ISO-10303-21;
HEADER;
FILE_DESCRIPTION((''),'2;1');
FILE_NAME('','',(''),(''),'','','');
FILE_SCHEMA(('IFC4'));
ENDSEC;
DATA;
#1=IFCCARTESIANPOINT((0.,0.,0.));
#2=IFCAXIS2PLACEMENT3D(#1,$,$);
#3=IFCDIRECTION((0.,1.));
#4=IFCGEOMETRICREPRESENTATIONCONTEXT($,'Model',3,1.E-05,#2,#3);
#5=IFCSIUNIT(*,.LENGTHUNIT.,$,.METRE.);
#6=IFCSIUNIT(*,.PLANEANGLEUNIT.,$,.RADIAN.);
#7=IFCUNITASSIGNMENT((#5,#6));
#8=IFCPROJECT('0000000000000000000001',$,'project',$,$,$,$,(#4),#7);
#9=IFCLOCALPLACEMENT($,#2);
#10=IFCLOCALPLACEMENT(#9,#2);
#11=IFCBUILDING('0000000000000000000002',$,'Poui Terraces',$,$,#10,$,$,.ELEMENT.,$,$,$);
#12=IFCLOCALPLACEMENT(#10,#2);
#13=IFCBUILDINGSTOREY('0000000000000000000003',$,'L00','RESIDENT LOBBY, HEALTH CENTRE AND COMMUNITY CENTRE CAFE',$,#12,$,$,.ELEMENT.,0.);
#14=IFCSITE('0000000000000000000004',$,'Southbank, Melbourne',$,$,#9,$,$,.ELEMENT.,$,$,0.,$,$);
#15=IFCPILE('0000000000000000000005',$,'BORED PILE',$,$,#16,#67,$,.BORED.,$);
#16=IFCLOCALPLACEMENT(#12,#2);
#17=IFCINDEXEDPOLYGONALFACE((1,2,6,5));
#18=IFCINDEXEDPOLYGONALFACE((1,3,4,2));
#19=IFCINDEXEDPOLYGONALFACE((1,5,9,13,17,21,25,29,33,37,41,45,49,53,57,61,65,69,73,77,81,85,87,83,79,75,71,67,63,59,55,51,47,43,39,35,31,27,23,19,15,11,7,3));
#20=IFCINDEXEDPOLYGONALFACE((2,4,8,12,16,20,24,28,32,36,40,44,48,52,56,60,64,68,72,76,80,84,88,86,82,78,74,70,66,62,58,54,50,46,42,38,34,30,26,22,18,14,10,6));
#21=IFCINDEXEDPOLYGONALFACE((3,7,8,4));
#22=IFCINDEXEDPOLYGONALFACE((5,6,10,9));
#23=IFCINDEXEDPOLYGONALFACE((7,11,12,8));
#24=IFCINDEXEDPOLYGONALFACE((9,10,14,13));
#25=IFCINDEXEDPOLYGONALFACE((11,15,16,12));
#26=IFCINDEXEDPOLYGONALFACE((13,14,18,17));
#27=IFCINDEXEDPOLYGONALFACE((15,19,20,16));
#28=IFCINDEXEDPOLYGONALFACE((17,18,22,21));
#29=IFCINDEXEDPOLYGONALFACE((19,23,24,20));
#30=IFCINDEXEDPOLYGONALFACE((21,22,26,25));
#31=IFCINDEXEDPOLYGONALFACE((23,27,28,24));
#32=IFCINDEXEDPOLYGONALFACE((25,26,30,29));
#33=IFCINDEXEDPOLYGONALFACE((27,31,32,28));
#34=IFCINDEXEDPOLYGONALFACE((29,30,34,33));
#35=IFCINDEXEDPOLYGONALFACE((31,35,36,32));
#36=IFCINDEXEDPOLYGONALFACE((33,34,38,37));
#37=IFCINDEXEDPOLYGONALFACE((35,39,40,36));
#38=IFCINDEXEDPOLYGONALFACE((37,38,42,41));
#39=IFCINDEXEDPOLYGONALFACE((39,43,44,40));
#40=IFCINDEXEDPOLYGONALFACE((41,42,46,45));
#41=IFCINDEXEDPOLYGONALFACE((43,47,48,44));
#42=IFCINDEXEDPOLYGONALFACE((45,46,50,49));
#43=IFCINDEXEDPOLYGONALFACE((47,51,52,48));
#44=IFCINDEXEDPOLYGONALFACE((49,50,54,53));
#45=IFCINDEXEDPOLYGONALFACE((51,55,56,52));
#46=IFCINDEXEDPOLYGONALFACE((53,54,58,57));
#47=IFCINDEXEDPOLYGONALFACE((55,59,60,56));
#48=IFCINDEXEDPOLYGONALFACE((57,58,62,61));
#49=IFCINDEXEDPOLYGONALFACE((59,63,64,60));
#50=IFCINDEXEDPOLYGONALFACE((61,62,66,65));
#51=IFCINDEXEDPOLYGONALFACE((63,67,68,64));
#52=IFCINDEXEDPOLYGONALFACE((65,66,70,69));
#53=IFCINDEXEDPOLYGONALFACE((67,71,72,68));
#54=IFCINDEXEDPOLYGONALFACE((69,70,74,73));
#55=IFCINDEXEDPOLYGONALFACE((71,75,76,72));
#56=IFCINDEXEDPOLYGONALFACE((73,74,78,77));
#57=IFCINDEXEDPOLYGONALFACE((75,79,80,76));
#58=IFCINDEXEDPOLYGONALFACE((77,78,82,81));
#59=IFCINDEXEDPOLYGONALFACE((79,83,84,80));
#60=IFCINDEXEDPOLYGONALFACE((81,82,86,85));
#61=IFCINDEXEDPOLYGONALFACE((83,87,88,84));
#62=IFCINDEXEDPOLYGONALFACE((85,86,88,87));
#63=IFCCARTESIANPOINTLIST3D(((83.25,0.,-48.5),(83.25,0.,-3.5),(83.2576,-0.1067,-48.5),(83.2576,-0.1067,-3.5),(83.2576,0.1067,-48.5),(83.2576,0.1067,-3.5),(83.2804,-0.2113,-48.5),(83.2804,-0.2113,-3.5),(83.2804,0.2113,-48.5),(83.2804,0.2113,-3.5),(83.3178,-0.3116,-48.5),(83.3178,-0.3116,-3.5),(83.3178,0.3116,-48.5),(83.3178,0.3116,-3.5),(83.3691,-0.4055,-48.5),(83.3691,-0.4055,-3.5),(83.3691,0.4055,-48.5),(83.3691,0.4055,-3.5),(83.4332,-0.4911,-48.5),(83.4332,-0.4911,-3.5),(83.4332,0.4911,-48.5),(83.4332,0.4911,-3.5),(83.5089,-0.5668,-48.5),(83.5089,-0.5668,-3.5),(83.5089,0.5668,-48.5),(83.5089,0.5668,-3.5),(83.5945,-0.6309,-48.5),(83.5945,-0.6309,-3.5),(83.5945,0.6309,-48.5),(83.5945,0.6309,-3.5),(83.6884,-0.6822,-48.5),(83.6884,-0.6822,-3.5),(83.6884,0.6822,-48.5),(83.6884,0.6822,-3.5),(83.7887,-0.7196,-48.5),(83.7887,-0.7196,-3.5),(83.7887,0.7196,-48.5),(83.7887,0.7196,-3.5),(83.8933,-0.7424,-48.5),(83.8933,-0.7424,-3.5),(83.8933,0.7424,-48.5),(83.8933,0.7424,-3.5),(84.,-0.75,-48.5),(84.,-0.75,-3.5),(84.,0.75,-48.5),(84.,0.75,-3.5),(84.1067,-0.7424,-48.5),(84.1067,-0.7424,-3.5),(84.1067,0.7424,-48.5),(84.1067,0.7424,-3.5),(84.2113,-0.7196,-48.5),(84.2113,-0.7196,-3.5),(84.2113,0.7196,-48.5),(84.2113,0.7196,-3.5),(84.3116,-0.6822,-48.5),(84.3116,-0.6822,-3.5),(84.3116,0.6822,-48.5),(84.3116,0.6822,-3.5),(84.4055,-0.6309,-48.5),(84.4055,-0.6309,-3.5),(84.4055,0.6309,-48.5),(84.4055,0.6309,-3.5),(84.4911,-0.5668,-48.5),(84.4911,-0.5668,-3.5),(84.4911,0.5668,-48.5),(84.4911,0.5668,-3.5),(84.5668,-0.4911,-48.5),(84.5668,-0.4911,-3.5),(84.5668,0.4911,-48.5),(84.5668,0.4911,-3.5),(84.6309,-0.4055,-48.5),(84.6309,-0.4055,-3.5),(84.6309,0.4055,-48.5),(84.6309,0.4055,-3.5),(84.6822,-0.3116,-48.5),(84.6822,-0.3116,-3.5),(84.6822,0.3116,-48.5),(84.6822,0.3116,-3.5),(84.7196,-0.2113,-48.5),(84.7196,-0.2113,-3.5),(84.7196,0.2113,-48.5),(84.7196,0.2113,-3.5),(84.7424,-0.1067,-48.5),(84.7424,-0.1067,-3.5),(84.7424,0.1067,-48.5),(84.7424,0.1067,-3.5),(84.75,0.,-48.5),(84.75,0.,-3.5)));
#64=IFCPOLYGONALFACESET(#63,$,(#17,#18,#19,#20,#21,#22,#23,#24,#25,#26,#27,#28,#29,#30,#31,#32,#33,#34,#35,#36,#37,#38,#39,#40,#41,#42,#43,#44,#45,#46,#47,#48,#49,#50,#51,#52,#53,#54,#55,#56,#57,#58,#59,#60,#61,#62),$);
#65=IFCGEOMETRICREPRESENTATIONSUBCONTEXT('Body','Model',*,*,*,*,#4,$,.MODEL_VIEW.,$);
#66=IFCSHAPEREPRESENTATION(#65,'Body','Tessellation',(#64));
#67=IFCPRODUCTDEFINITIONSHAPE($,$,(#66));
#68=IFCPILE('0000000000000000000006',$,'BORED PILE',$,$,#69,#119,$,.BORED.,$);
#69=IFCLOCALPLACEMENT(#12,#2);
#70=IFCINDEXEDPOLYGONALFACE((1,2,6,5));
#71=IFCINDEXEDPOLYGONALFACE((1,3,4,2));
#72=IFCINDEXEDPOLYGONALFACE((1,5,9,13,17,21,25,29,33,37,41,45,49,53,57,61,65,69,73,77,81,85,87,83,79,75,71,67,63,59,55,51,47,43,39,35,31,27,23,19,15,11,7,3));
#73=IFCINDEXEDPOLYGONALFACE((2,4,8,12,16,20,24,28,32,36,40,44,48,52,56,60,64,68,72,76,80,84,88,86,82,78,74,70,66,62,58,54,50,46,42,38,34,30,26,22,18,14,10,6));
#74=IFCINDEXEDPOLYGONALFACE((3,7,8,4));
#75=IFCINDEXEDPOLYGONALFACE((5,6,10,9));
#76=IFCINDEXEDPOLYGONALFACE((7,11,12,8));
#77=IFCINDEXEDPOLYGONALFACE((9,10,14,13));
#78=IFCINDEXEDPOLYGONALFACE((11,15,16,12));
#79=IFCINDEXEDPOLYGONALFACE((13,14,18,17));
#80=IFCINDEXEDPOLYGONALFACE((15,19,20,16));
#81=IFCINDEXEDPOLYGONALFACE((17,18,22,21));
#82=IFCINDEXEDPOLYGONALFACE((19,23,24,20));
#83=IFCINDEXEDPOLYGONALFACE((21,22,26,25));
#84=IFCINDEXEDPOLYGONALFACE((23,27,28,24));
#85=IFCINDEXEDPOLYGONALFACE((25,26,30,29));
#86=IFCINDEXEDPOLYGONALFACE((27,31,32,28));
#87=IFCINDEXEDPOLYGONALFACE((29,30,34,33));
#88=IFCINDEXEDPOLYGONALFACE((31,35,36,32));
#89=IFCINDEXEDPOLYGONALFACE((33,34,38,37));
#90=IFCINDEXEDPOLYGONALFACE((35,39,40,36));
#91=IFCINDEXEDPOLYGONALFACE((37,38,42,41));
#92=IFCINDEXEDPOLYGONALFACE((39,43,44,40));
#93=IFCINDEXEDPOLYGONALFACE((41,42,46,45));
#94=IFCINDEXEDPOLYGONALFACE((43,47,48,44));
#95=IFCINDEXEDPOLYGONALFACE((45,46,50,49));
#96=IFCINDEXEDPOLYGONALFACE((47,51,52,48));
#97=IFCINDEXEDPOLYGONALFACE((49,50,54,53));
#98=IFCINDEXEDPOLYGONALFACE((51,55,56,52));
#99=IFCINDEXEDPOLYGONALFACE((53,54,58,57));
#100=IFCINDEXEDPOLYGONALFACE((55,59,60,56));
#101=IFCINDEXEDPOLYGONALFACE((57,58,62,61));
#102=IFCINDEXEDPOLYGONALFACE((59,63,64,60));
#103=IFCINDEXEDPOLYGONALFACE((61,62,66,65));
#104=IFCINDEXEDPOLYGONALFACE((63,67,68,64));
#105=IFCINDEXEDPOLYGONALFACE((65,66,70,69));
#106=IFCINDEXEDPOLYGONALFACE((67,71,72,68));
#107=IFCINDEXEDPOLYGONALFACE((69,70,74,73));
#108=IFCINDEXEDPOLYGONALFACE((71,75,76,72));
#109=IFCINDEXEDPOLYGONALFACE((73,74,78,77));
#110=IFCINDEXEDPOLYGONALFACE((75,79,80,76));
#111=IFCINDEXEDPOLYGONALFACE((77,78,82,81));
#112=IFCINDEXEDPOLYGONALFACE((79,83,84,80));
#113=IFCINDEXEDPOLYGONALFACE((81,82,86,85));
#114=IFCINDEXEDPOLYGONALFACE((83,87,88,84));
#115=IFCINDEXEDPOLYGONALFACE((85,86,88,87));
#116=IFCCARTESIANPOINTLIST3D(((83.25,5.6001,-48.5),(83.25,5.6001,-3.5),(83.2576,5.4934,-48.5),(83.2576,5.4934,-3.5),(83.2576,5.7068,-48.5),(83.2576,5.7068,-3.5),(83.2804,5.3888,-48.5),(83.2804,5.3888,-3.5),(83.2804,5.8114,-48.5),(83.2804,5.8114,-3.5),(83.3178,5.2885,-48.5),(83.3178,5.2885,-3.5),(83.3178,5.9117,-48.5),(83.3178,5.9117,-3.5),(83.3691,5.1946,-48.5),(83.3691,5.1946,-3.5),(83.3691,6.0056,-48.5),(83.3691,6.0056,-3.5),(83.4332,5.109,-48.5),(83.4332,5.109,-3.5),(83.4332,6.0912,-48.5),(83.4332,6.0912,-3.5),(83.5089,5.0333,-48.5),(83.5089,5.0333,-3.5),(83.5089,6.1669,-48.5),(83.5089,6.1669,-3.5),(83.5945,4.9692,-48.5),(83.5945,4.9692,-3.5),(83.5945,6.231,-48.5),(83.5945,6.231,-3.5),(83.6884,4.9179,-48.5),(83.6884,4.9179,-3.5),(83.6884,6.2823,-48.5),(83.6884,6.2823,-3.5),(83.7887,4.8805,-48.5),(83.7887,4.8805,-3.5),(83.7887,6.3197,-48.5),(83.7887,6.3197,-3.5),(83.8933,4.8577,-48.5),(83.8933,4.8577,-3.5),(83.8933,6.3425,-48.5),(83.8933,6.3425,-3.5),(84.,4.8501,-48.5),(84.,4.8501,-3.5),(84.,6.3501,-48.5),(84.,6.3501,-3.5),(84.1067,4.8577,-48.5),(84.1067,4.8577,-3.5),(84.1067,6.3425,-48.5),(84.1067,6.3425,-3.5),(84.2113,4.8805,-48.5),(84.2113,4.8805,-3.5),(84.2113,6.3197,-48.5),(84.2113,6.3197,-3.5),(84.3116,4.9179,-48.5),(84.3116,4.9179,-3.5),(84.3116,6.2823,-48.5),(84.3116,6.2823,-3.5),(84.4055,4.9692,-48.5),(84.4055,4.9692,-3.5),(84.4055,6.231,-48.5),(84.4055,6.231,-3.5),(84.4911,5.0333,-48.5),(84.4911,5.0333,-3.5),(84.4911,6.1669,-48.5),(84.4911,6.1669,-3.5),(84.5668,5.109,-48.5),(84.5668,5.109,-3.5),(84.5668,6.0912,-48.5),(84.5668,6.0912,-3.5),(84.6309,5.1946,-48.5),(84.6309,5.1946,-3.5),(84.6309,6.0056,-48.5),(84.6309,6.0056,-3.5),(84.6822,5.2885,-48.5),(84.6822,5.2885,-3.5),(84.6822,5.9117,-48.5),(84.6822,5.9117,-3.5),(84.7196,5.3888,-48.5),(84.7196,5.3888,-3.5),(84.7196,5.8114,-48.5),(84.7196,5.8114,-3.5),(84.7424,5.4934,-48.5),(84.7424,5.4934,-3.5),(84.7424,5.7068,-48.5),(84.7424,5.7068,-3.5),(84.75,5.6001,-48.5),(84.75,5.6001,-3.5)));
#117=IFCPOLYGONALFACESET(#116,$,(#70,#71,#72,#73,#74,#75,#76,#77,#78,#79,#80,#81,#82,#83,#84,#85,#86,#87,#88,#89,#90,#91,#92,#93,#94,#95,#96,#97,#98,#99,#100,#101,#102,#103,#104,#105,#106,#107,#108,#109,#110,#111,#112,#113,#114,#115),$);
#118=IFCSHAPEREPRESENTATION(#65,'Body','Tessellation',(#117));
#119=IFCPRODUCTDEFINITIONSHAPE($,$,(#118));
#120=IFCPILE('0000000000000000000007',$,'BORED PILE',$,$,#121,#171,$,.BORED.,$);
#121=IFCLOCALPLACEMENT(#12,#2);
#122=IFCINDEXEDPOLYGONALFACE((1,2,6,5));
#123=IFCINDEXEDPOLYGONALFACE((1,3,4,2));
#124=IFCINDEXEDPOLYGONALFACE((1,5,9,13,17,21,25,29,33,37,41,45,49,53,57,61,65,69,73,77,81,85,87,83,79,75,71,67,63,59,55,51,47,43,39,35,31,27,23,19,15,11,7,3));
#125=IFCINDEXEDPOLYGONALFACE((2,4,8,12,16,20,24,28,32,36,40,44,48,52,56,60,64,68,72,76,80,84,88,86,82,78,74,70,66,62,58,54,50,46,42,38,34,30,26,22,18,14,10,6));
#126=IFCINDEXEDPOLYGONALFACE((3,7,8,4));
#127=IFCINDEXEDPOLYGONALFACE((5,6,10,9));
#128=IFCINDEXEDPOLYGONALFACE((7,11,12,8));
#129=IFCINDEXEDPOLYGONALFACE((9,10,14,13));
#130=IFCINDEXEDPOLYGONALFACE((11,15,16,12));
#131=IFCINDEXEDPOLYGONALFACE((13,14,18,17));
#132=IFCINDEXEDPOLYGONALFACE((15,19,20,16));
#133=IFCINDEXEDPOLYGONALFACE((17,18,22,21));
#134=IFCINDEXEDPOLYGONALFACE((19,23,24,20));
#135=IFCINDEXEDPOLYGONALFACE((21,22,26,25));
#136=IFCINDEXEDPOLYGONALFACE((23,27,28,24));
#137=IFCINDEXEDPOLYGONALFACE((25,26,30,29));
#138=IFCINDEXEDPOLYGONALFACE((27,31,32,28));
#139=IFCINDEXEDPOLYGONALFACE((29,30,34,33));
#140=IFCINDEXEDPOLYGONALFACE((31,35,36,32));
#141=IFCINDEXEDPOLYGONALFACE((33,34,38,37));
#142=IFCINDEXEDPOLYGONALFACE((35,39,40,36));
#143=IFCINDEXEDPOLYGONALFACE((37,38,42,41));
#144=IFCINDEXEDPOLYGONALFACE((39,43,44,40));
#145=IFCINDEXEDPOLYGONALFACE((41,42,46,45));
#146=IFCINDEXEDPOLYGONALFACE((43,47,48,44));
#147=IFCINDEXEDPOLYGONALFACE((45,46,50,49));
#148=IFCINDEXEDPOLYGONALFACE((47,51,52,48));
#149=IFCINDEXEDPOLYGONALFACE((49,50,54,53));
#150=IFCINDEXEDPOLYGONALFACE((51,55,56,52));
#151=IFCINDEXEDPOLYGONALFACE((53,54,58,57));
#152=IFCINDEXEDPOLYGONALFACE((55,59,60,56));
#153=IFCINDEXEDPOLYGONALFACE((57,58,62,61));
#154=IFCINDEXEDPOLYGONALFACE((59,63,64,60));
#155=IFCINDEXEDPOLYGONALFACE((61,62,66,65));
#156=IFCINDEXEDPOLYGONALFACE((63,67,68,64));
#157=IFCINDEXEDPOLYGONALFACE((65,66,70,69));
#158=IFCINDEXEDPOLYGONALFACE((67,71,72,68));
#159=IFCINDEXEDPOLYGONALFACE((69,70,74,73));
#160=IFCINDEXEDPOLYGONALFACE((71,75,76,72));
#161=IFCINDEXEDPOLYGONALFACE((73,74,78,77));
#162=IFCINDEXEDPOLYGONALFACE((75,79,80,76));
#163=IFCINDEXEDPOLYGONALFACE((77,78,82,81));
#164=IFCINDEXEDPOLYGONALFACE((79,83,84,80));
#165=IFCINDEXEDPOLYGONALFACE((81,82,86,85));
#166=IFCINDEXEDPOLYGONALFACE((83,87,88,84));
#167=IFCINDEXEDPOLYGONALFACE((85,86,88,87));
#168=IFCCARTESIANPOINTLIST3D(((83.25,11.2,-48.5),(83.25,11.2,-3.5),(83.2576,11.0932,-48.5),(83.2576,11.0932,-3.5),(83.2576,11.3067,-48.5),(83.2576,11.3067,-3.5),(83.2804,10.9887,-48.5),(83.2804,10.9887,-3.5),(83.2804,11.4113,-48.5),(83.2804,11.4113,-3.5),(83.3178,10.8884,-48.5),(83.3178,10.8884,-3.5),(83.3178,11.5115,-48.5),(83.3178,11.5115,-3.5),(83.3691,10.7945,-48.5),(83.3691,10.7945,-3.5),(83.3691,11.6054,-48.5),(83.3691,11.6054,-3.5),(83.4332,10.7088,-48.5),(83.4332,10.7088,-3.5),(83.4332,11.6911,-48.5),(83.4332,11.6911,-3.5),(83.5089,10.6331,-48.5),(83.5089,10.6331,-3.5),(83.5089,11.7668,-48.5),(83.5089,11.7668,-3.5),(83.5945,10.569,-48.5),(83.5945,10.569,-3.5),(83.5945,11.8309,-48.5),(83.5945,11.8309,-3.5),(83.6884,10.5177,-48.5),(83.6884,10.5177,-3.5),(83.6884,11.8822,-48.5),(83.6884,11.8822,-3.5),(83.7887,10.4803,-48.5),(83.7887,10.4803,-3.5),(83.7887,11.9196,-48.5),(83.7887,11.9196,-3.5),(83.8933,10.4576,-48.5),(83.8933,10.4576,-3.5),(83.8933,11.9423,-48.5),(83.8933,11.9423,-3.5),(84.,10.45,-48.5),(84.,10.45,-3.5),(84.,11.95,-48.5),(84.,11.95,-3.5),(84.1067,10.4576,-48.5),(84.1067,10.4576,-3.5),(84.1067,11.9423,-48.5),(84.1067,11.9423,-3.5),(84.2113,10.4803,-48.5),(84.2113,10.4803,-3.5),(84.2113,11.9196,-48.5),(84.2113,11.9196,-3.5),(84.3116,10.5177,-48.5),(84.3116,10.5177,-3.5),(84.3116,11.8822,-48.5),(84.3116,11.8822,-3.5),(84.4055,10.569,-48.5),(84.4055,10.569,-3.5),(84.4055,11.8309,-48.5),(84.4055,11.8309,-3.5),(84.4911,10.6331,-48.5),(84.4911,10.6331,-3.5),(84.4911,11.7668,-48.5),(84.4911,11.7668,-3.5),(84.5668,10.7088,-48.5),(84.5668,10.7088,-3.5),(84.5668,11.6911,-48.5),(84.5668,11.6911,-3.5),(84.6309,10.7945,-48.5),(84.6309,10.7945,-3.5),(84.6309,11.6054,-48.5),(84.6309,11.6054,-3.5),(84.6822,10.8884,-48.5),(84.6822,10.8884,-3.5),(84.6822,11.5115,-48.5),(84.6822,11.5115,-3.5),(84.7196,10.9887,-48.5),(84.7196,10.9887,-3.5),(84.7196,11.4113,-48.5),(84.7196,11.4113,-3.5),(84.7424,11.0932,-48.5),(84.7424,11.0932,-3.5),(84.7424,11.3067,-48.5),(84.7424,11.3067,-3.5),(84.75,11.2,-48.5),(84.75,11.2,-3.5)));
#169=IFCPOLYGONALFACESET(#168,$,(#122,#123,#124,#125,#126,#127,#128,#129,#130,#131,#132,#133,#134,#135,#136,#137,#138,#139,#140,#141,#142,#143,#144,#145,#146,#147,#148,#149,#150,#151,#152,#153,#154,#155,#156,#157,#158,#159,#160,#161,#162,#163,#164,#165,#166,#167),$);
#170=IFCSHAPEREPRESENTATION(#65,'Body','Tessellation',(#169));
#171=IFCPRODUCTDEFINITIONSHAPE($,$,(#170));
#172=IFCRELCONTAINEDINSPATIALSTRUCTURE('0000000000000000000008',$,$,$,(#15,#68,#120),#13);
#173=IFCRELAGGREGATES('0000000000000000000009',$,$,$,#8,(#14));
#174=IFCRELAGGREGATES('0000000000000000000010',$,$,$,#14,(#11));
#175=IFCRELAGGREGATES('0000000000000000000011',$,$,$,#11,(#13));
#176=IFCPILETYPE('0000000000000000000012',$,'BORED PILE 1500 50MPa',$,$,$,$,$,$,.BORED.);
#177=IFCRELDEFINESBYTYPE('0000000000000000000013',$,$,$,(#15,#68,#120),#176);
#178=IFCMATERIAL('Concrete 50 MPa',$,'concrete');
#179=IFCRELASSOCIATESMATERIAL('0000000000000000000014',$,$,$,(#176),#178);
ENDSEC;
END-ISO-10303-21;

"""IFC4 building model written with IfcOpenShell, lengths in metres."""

from ifc_helpers import new_model, si_unit, direction, frame, origin, origin_2d, place, context, subcontext, project, spatial, circle, extrude, material, material_profile, profile_set, type_object, element, save


model = new_model("IFC4")

# Units and contexts
model_context = context("Model", 3, precision=1e-05, world=origin(), true_north=direction((0.0, 1.0)))
body_context = subcontext(model_context, "Body", "Model", "MODEL_VIEW")
ifc_project = project(units=[si_unit("LENGTHUNIT", "METRE"), si_unit("PLANEANGLEUNIT", "RADIAN")], contexts=[model_context])

# Site, building, storey
site_placement = place(None, origin())
site = spatial("IfcSite", under=ifc_project, at=site_placement, Name="Southbank, Melbourne", CompositionType="ELEMENT", RefElevation=0.0)
building_placement = place(site_placement, origin())
building = spatial("IfcBuilding", under=site, at=building_placement, Name="Poui Terraces", CompositionType="ELEMENT")
storey_placement = place(building_placement, origin())
storey = spatial("IfcBuildingStorey", under=building, at=storey_placement, Name="L00", Description="RESIDENT LOBBY, HEALTH CENTRE AND COMMUNITY CENTRE CAFE", CompositionType="ELEMENT", Elevation=0.0)

# Piles
ifc_material_1 = material(Name="Concrete 50 MPa", Category="concrete")
ifc_material_profile_1 = material_profile(ifc_material_1, circle(Radius=0.75, at=origin_2d()), Name="RC D1500")
ifc_profile_set_1 = profile_set([ifc_material_profile_1], Name="Concrete 50 MPa")
pile_type = type_object("IfcPileType", Name="BORED PILE 1500 50MPa", PredefinedType="BORED", material=ifc_profile_set_1)
for number, where, z_axis, x_axis, name in (
    (1, (84.0, 0.0, -3.5), (0.0, 0.0, -1.0), (1.0, 0.0, 0.0), "BORED PILE"),
    (2, (84.0, 5.6001, -3.5), (0.0, 0.0, -1.0), (1.0, 0.0, 0.0), "BORED PILE"),
    (3, (84.0, 11.2, -3.5), (0.0, 0.0, -1.0), (1.0, 0.0, 0.0), "BORED PILE"),
):
    element("IfcPile", number, at=place(storey_placement, frame(where, z_axis=z_axis, x_axis=x_axis)), inside=storey, type_object=pile_type, Name=name, PredefinedType="BORED", context=body_context, shape_type="SweptSolid", body=[
        extrude(circle(Radius=0.75, at=origin_2d()), origin(), (0.0, 0.0, 1.0), 45.0),
    ])

save(model, "model.ifc")
